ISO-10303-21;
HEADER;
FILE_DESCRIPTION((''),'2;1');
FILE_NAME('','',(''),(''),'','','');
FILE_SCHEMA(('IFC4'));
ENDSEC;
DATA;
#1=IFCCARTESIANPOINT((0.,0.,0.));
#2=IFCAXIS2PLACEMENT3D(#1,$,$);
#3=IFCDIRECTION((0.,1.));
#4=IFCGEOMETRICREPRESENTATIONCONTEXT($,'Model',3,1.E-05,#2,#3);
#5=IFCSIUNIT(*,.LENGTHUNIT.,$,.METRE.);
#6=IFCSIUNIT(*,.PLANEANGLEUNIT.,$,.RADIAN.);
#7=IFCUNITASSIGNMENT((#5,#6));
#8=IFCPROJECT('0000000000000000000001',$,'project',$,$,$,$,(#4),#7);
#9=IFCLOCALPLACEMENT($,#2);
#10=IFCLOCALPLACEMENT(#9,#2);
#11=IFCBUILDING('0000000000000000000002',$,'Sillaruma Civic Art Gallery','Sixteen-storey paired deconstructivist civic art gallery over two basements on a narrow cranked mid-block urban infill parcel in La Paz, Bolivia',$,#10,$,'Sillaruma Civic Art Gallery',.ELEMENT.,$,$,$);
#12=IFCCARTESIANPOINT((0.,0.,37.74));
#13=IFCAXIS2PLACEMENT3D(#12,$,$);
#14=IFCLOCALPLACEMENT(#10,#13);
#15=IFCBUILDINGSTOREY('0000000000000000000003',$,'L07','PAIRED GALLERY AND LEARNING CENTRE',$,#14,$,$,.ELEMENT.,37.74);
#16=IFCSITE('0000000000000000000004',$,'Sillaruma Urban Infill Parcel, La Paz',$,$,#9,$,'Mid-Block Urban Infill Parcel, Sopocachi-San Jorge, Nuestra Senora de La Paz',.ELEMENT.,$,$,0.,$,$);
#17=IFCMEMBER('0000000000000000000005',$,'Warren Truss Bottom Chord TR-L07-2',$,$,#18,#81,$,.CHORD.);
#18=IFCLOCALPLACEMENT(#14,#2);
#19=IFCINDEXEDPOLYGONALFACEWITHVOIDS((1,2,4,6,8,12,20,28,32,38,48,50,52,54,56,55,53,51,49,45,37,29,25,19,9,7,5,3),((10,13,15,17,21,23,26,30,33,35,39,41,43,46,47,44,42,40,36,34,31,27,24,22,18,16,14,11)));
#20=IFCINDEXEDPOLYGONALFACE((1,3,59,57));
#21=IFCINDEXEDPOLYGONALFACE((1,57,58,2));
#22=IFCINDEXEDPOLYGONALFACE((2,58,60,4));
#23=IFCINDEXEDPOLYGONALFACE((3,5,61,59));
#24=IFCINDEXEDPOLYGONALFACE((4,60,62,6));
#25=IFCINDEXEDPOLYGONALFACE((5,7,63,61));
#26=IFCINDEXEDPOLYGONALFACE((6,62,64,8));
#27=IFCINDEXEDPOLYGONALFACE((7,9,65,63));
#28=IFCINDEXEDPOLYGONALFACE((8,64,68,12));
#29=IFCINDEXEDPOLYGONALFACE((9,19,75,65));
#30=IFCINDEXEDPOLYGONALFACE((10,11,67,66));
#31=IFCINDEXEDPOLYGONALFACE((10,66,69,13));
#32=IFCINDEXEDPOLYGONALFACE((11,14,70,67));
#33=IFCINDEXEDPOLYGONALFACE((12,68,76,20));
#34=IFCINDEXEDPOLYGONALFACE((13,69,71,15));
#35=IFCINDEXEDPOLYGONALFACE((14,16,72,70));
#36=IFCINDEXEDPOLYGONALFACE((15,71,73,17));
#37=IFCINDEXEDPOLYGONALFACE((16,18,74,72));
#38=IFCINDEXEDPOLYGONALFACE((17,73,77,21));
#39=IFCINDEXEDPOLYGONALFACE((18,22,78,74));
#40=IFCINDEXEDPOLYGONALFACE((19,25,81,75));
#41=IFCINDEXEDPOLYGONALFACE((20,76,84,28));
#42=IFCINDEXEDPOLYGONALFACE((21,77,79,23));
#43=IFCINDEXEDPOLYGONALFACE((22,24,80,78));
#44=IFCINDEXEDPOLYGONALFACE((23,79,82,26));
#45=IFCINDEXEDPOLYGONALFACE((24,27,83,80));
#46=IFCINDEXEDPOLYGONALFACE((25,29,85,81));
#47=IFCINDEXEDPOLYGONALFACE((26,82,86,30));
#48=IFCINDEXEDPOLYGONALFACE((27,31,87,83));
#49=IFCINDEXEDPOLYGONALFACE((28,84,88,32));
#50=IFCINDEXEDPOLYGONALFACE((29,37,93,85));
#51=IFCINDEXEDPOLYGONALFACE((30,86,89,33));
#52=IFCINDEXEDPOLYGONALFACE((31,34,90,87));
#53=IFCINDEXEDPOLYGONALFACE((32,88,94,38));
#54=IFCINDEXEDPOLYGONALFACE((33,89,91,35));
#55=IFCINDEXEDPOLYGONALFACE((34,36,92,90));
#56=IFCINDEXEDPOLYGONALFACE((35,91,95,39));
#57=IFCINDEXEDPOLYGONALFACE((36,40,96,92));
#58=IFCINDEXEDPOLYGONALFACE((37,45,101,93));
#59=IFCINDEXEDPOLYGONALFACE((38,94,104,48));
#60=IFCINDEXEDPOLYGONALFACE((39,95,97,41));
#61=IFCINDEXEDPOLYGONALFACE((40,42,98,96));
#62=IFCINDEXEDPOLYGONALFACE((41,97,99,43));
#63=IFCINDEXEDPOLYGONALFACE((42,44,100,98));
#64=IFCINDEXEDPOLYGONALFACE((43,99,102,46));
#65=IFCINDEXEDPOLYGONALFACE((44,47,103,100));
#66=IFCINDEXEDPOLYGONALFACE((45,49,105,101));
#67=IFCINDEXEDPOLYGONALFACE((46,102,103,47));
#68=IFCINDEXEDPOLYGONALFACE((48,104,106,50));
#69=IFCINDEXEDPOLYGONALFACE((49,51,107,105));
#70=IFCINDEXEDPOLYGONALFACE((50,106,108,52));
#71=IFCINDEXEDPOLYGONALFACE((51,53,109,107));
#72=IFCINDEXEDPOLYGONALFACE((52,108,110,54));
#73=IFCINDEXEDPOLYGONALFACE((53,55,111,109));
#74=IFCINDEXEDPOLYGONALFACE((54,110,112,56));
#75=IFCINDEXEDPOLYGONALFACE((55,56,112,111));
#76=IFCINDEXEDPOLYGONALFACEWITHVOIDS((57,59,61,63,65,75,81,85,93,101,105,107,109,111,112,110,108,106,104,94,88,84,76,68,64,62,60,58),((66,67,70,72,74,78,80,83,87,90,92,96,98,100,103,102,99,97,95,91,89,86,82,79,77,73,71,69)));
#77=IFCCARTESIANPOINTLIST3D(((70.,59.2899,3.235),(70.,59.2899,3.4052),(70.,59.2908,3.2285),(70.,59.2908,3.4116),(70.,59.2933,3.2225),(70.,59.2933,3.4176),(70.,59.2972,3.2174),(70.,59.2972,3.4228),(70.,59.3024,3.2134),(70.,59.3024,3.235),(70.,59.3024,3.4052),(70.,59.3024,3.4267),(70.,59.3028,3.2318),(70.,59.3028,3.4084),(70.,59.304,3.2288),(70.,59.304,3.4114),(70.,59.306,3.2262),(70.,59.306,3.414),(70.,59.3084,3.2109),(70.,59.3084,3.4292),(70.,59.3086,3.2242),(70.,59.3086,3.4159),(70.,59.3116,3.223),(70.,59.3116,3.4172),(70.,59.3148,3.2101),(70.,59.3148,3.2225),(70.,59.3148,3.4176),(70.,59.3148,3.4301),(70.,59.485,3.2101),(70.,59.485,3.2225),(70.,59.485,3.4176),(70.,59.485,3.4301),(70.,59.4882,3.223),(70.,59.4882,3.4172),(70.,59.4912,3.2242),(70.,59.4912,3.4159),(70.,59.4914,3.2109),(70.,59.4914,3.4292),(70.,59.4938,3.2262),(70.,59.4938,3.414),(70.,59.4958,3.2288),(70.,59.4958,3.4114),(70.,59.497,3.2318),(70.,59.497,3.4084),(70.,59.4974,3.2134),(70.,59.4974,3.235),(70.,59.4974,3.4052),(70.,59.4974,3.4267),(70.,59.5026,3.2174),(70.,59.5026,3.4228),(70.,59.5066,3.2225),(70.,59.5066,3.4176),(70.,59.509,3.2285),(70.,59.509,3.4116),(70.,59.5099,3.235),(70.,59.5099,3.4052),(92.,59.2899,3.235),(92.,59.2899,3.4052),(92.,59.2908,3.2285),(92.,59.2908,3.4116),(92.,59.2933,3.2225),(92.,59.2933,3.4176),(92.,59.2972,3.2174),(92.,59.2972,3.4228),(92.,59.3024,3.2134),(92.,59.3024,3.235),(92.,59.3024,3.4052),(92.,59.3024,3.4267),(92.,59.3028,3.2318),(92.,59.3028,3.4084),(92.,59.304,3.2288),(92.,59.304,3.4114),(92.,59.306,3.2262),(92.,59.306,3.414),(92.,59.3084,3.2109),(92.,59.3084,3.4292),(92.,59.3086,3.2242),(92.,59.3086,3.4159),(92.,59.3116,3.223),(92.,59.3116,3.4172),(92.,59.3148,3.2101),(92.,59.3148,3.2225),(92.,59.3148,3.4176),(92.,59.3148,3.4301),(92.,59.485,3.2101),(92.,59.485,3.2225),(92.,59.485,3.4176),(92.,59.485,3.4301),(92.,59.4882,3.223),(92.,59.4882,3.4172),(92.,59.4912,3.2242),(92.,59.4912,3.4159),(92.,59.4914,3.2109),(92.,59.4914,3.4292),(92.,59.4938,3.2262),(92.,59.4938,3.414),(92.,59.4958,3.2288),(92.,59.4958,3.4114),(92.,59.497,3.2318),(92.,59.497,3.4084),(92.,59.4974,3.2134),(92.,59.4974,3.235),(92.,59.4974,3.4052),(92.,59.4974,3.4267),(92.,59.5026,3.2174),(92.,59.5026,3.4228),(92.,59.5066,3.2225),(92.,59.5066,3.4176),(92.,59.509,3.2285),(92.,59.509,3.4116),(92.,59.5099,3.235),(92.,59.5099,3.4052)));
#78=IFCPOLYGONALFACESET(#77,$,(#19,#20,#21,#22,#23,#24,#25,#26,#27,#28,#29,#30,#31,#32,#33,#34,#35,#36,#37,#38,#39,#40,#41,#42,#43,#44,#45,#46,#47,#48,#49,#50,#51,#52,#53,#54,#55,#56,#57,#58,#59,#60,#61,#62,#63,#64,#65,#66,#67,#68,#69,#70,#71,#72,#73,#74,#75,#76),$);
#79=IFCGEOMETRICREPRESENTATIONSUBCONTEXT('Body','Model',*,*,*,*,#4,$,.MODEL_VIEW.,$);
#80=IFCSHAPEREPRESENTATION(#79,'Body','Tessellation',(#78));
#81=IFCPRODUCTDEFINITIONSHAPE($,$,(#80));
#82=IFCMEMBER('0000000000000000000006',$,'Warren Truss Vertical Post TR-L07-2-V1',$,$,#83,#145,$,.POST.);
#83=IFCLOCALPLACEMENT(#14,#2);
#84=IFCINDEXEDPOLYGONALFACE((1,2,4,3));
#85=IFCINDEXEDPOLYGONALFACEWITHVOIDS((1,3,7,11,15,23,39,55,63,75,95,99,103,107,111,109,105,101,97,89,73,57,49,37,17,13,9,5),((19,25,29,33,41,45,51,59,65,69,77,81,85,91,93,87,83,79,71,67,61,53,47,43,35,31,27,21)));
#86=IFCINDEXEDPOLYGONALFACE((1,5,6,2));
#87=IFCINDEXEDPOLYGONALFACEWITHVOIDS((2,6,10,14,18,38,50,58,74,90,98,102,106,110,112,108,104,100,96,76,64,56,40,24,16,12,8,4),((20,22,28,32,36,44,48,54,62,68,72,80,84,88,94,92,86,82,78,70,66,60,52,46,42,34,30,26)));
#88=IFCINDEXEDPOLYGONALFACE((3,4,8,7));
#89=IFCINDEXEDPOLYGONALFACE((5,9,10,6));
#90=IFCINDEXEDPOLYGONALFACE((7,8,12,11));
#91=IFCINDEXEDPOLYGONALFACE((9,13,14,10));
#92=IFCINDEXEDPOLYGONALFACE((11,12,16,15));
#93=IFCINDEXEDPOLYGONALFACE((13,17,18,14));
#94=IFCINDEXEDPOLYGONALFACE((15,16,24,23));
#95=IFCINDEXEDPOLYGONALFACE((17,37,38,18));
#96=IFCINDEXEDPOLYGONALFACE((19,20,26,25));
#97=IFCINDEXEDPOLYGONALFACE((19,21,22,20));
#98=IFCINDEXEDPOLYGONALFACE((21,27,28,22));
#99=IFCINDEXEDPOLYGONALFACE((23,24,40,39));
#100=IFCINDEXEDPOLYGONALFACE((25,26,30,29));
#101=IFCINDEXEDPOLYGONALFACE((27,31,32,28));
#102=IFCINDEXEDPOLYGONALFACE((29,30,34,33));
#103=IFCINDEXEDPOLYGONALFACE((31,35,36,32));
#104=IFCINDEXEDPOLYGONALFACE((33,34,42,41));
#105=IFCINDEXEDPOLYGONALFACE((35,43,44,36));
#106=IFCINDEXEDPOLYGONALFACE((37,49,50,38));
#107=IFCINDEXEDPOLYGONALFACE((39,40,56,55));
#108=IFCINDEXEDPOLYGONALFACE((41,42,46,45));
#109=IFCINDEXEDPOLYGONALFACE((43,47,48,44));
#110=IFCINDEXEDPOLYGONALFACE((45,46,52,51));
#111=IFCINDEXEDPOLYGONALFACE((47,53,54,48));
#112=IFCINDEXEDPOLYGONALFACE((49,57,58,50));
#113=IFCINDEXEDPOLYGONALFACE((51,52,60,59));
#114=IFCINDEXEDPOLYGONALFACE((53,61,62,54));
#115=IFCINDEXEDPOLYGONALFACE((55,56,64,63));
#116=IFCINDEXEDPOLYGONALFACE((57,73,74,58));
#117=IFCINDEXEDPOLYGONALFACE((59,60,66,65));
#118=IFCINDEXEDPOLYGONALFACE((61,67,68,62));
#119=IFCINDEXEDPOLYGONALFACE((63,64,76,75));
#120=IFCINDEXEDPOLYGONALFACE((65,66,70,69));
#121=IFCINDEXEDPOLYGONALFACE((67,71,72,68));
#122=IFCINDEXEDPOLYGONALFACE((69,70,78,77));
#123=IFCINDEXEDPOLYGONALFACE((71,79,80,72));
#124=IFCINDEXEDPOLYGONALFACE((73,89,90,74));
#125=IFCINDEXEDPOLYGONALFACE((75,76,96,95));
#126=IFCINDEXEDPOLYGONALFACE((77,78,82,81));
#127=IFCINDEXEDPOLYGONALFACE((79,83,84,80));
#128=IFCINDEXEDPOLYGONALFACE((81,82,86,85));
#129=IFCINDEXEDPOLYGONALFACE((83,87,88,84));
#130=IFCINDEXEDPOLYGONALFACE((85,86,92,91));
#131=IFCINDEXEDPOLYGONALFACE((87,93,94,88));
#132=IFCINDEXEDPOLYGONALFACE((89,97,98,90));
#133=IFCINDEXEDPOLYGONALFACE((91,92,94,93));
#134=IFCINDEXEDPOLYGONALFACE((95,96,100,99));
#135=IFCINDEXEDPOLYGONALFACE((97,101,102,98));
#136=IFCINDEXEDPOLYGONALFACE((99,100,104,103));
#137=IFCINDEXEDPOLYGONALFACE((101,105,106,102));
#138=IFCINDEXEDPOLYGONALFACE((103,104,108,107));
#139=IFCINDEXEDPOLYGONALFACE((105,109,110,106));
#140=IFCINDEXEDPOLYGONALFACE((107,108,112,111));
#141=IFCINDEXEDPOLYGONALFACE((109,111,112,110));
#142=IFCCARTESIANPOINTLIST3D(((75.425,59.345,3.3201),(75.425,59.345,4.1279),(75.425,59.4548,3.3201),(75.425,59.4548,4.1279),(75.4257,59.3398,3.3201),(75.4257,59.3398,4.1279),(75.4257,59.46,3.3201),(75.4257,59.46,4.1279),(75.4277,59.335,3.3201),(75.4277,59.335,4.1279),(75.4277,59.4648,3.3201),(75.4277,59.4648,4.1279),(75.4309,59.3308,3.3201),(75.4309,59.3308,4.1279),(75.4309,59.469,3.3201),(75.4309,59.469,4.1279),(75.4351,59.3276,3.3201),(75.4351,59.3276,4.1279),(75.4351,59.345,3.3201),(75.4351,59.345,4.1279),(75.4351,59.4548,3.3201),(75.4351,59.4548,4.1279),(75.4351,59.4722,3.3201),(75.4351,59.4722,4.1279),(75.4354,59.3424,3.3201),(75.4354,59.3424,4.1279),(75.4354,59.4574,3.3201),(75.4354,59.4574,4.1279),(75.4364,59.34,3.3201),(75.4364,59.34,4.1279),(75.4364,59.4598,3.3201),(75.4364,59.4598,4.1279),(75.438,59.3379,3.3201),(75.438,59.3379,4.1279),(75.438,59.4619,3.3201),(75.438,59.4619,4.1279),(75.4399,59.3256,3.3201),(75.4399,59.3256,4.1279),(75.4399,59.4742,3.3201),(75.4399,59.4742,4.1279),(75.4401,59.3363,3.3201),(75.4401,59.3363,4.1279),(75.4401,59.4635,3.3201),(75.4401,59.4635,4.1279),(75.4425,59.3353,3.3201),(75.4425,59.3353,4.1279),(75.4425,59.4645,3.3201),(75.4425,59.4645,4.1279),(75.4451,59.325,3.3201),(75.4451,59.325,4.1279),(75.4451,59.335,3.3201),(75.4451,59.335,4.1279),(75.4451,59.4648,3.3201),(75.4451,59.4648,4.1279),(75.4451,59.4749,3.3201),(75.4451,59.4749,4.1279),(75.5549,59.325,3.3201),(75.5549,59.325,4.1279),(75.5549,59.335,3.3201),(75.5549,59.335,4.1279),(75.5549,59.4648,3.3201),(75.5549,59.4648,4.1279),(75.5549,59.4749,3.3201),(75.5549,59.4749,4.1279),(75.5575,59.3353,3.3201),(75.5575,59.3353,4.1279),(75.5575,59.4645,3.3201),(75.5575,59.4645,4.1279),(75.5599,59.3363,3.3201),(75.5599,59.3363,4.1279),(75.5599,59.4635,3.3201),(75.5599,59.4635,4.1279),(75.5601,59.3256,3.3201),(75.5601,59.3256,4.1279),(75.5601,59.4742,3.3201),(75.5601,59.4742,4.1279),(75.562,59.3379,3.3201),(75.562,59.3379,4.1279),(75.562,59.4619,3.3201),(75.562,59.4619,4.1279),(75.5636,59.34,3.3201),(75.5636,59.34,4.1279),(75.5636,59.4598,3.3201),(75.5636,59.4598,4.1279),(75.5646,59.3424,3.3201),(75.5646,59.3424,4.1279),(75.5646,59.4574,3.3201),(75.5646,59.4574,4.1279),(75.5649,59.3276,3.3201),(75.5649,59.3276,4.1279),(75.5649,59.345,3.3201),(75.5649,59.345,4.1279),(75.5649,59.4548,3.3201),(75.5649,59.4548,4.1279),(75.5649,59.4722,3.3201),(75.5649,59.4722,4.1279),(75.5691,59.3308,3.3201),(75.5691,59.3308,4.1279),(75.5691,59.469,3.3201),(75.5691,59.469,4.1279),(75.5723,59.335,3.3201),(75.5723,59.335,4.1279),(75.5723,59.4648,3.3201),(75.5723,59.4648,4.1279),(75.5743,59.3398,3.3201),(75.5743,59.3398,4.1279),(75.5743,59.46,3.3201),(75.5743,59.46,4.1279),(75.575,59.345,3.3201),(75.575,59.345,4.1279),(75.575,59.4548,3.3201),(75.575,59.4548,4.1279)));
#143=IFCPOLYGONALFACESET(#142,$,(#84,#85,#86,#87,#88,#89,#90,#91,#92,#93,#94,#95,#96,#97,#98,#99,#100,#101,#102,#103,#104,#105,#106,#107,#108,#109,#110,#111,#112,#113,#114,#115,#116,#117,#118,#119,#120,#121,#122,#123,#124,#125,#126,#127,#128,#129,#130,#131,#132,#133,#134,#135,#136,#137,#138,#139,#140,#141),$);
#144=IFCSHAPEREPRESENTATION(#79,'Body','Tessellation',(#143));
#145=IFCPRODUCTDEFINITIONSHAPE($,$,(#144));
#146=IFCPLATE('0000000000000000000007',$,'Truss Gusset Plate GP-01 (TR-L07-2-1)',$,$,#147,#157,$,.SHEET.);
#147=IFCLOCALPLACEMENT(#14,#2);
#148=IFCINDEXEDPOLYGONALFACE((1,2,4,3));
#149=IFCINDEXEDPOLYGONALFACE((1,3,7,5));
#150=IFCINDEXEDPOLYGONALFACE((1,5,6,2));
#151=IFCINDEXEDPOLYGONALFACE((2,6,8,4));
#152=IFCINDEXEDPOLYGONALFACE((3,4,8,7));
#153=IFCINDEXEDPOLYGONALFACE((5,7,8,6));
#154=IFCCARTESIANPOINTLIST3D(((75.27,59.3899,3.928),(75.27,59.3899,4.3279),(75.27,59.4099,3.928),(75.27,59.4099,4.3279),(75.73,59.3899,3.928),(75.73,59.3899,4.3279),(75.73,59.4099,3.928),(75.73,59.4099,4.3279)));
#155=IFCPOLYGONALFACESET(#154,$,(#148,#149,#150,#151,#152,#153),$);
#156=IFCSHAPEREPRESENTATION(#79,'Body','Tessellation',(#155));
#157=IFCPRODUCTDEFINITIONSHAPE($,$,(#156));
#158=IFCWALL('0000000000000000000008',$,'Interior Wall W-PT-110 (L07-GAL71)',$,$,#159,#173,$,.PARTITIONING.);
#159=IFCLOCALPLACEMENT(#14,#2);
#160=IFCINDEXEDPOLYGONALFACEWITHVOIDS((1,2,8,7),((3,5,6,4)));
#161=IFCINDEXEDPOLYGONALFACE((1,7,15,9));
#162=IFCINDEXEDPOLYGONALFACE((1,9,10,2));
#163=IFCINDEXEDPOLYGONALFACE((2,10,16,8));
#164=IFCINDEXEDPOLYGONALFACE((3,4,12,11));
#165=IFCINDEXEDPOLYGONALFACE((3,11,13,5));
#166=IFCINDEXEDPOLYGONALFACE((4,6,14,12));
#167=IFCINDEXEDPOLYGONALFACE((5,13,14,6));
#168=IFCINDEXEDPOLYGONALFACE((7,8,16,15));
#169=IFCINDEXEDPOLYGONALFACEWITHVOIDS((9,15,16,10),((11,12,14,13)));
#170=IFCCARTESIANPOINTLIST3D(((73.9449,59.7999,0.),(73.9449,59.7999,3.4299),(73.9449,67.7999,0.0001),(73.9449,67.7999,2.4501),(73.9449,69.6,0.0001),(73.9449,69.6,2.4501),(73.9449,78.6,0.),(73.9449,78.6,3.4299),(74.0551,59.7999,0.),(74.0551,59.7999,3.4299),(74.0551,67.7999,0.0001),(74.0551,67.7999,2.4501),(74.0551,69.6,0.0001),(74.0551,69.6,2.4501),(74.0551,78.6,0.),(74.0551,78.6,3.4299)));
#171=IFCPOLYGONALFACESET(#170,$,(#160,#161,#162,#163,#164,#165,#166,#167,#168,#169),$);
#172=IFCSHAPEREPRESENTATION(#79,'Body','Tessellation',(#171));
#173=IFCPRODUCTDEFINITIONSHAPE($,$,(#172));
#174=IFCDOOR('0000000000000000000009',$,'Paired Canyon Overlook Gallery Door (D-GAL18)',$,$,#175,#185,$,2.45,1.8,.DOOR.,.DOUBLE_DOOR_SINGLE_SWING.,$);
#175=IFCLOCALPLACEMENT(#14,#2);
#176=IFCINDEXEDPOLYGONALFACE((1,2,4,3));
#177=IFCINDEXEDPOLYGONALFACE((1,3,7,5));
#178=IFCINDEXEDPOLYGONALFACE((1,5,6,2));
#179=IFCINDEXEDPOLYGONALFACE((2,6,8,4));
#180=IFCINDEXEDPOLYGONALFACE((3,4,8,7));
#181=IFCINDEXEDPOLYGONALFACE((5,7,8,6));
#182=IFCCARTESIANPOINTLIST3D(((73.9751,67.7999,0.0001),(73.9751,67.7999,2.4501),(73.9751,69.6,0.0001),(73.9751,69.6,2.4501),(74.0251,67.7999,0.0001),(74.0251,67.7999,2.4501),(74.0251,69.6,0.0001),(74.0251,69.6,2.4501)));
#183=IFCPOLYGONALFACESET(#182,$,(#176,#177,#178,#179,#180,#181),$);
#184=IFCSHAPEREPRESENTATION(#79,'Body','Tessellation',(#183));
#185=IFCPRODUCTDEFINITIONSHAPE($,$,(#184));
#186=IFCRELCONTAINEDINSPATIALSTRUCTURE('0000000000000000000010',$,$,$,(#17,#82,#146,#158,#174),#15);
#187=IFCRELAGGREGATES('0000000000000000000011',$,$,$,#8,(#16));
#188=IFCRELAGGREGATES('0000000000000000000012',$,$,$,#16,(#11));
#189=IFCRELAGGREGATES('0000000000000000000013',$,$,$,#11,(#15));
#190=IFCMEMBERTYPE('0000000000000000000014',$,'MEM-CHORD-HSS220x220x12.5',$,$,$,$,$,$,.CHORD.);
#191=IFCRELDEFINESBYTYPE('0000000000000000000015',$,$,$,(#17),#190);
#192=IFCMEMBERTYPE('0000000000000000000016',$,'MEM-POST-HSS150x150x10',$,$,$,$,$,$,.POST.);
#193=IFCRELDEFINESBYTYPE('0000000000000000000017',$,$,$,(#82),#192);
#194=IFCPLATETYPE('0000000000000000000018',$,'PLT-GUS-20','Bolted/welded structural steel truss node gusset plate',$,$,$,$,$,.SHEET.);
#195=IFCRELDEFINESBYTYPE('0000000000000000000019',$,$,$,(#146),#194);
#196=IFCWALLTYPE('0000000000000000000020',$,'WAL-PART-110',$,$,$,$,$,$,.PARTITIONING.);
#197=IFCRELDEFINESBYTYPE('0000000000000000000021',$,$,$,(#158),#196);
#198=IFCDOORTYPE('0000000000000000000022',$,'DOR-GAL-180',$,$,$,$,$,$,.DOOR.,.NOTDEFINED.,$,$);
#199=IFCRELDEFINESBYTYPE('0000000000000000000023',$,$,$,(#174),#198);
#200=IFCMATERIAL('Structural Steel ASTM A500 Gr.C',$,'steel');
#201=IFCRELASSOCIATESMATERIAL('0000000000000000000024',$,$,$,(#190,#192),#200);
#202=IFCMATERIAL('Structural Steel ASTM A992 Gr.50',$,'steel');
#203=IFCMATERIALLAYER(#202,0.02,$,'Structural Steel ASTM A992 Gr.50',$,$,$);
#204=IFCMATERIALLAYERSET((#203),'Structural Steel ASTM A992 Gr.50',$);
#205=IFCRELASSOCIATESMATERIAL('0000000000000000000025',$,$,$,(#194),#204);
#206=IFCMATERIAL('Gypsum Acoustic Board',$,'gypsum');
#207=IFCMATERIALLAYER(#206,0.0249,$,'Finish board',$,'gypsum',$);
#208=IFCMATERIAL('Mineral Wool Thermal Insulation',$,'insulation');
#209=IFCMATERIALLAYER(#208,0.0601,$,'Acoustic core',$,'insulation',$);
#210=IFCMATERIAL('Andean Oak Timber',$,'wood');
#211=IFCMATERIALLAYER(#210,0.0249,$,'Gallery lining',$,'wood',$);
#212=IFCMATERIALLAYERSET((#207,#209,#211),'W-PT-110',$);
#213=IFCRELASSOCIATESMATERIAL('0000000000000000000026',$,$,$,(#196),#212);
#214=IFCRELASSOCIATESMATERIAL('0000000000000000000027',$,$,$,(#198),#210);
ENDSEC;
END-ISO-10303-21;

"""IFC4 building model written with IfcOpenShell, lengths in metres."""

from ifc_helpers import new_model, si_unit, direction, frame, frame_2d, origin, origin_2d, place, context, subcontext, project, spatial, rectangle, hollow_rectangle, extrude, material, layer, layer_set, material_profile, profile_set, type_object, element, fill, save


model = new_model("IFC4")

# Units and contexts
model_context = context("Model", 3, precision=1e-05, world=origin(), true_north=direction((0.0, 1.0)))
body_context = subcontext(model_context, "Body", "Model", "MODEL_VIEW")
ifc_project = project(units=[si_unit("LENGTHUNIT", "METRE"), si_unit("PLANEANGLEUNIT", "RADIAN")], contexts=[model_context])

# Site, building, storey
site_placement = place(None, origin())
site = spatial("IfcSite", under=ifc_project, at=site_placement, Name="Sillaruma Urban Infill Parcel, La Paz", LongName="Mid-Block Urban Infill Parcel, Sopocachi-San Jorge, Nuestra Senora de La Paz", CompositionType="ELEMENT", RefElevation=0.0)
building_placement = place(site_placement, origin())
building = spatial("IfcBuilding", under=site, at=building_placement, Name="Sillaruma Civic Art Gallery", Description="Sixteen-storey paired deconstructivist civic art gallery over two basements on a narrow cranked mid-block urban infill parcel in La Paz, Bolivia", LongName="Sillaruma Civic Art Gallery", CompositionType="ELEMENT")
storey_placement = place(building_placement, frame((0.0, 0.0, 37.74)))
storey = spatial("IfcBuildingStorey", under=building, at=storey_placement, Name="L07", Description="PAIRED GALLERY AND LEARNING CENTRE", CompositionType="ELEMENT", Elevation=37.74)

# Shared definitions
ifc_material_1 = material(Name="Structural Steel ASTM A992 Gr.50", Category="steel")

# Members
ifc_material_2 = material(Name="Structural Steel ASTM A500 Gr.C", Category="steel")
ifc_material_profile_1 = material_profile(ifc_material_2, hollow_rectangle(XDim=0.22, YDim=0.22, WallThickness=0.0125, InnerFilletRadius=0.0125, OuterFilletRadius=0.0249, at=origin_2d()), Name="HSS220x220x12.5")
ifc_profile_set_1 = profile_set([ifc_material_profile_1], Name="Structural Steel ASTM A500 Gr.C")
member_type_1 = type_object("IfcMemberType", Name="MEM-CHORD-HSS220x220x12.5", PredefinedType="CHORD", material=ifc_profile_set_1)
member_1_placement = place(storey_placement, frame((70.0, 59.3999, 3.3201), z_axis=(1.0, 0.0, 0.0), x_axis=(0.0, 1.0, 0.0)))
element("IfcMember", 1, at=member_1_placement, inside=storey, type_object=member_type_1, Name="Warren Truss Bottom Chord TR-L07-2", PredefinedType="CHORD", context=body_context, shape_type="SweptSolid", body=[
    extrude(hollow_rectangle(XDim=0.22, YDim=0.22, WallThickness=0.0125, InnerFilletRadius=0.0125, OuterFilletRadius=0.0249, at=origin_2d()), origin(), (0.0, 0.0, 1.0), 22.0),
])
ifc_material_profile_2 = material_profile(ifc_material_2, hollow_rectangle(XDim=0.1499, YDim=0.1499, WallThickness=0.01, InnerFilletRadius=0.01, OuterFilletRadius=0.02, at=origin_2d()), Name="HSS150x150x10")
ifc_profile_set_2 = profile_set([ifc_material_profile_2], Name="Structural Steel ASTM A500 Gr.C")
member_type_2 = type_object("IfcMemberType", Name="MEM-POST-HSS150x150x10", PredefinedType="POST", material=ifc_profile_set_2)
member_2_placement = place(storey_placement, frame((75.5, 59.3999, 3.3201), z_axis=(0.0, 0.0, 1.0), x_axis=(1.0, 0.0, 0.0)))
element("IfcMember", 2, at=member_2_placement, inside=storey, type_object=member_type_2, Name="Warren Truss Vertical Post TR-L07-2-V1", PredefinedType="POST", context=body_context, shape_type="SweptSolid", body=[
    extrude(hollow_rectangle(XDim=0.1499, YDim=0.1499, WallThickness=0.01, InnerFilletRadius=0.01, OuterFilletRadius=0.02, at=origin_2d()), origin(), (0.0, 0.0, 1.0), 0.8079),
])

# Plate
ifc_layer_1 = layer(ifc_material_1, 0.02, Name="Structural Steel ASTM A992 Gr.50")
ifc_layer_set_1 = layer_set([ifc_layer_1], Name="Structural Steel ASTM A992 Gr.50")
plate_type = type_object("IfcPlateType", Name="PLT-GUS-20", Description="Bolted/welded structural steel truss node gusset plate", PredefinedType="SHEET", material=ifc_layer_set_1)
plate_placement = place(storey_placement, frame((75.5, 59.3999, 3.928), z_axis=(0.0, 0.0, 1.0), x_axis=(1.0, 0.0, 0.0)))
element("IfcPlate", 3, at=plate_placement, inside=storey, type_object=plate_type, Name="Truss Gusset Plate GP-01 (TR-L07-2-1)", PredefinedType="SHEET", context=body_context, shape_type="SweptSolid", body=[
    extrude(rectangle(XDim=0.46, YDim=0.02, at=origin_2d()), origin(), (0.0, 0.0, 1.0), 0.3999),
])

# Wall, opening, door
ifc_material_3 = material(Name="Gypsum Acoustic Board", Category="gypsum")
ifc_layer_2 = layer(ifc_material_3, 0.0249, Name="Finish board", Category="gypsum")
ifc_material_4 = material(Name="Mineral Wool Thermal Insulation", Category="insulation")
ifc_layer_3 = layer(ifc_material_4, 0.0601, Name="Acoustic core", Category="insulation")
ifc_material_5 = material(Name="Andean Oak Timber", Category="wood")
ifc_layer_4 = layer(ifc_material_5, 0.0249, Name="Gallery lining", Category="wood")
ifc_layer_set_2 = layer_set([ifc_layer_2, ifc_layer_3, ifc_layer_4], Name="W-PT-110")
wall_type_1 = type_object("IfcWallType", Name="WAL-PART-110", PredefinedType="PARTITIONING", material=ifc_layer_set_2)
wall_1_placement = place(storey_placement, frame((74.0, 59.8, 0.0), z_axis=(0.0, 0.0, 1.0), x_axis=(0.0, 1.0, 0.0)))
wall_1 = element("IfcWall", 4, at=wall_1_placement, inside=storey, type_object=wall_type_1, Name="Interior Wall W-PT-110 (L07-GAL71)", PredefinedType="PARTITIONING", context=body_context, shape_type="SweptSolid", body=[
    extrude(rectangle(XDim=18.8, YDim=0.1101, at=frame_2d((9.3999, 0.0))), origin(), (0.0, 0.0, 1.0), 3.4299),
])
opening_1_placement = place(wall_1_placement, frame((8.0, 0.0, 0.0)))
opening_1 = element("IfcOpeningElement", 5, at=opening_1_placement, cuts=wall_1, PredefinedType="OPENING", context=body_context, shape_type="SweptSolid", body=[
    extrude(rectangle(XDim=1.8, YDim=2.45, at=frame_2d((0.8999, 1.2251))), frame((0.0, 0.0649, 0.0), z_axis=(0.0, -1.0, 0.0), x_axis=(1.0, 0.0, 0.0)), (0.0, 0.0, 1.0), 0.1301),
])
door_type_1 = type_object("IfcDoorType", Name="DOR-GAL-180", OperationType="NOTDEFINED", PredefinedType="DOOR", material=ifc_material_5)
door_1_placement = place(opening_1_placement, origin())
door_1 = element("IfcDoor", 6, at=door_1_placement, inside=storey, type_object=door_type_1, Name="Paired Canyon Overlook Gallery Door (D-GAL18)", OperationType="DOUBLE_DOOR_SINGLE_SWING", OverallHeight=2.45, OverallWidth=1.8, PredefinedType="DOOR", context=body_context, shape_type="SweptSolid", body=[
    extrude(rectangle(XDim=1.8, YDim=2.45, at=frame_2d((0.8999, 1.2251))), frame((0.0, 0.0249, 0.0), z_axis=(0.0, -1.0, 0.0), x_axis=(1.0, 0.0, 0.0)), (0.0, 0.0, 1.0), 0.05),
])
fill(opening_1, door_1)

save(model, "model.ifc")
